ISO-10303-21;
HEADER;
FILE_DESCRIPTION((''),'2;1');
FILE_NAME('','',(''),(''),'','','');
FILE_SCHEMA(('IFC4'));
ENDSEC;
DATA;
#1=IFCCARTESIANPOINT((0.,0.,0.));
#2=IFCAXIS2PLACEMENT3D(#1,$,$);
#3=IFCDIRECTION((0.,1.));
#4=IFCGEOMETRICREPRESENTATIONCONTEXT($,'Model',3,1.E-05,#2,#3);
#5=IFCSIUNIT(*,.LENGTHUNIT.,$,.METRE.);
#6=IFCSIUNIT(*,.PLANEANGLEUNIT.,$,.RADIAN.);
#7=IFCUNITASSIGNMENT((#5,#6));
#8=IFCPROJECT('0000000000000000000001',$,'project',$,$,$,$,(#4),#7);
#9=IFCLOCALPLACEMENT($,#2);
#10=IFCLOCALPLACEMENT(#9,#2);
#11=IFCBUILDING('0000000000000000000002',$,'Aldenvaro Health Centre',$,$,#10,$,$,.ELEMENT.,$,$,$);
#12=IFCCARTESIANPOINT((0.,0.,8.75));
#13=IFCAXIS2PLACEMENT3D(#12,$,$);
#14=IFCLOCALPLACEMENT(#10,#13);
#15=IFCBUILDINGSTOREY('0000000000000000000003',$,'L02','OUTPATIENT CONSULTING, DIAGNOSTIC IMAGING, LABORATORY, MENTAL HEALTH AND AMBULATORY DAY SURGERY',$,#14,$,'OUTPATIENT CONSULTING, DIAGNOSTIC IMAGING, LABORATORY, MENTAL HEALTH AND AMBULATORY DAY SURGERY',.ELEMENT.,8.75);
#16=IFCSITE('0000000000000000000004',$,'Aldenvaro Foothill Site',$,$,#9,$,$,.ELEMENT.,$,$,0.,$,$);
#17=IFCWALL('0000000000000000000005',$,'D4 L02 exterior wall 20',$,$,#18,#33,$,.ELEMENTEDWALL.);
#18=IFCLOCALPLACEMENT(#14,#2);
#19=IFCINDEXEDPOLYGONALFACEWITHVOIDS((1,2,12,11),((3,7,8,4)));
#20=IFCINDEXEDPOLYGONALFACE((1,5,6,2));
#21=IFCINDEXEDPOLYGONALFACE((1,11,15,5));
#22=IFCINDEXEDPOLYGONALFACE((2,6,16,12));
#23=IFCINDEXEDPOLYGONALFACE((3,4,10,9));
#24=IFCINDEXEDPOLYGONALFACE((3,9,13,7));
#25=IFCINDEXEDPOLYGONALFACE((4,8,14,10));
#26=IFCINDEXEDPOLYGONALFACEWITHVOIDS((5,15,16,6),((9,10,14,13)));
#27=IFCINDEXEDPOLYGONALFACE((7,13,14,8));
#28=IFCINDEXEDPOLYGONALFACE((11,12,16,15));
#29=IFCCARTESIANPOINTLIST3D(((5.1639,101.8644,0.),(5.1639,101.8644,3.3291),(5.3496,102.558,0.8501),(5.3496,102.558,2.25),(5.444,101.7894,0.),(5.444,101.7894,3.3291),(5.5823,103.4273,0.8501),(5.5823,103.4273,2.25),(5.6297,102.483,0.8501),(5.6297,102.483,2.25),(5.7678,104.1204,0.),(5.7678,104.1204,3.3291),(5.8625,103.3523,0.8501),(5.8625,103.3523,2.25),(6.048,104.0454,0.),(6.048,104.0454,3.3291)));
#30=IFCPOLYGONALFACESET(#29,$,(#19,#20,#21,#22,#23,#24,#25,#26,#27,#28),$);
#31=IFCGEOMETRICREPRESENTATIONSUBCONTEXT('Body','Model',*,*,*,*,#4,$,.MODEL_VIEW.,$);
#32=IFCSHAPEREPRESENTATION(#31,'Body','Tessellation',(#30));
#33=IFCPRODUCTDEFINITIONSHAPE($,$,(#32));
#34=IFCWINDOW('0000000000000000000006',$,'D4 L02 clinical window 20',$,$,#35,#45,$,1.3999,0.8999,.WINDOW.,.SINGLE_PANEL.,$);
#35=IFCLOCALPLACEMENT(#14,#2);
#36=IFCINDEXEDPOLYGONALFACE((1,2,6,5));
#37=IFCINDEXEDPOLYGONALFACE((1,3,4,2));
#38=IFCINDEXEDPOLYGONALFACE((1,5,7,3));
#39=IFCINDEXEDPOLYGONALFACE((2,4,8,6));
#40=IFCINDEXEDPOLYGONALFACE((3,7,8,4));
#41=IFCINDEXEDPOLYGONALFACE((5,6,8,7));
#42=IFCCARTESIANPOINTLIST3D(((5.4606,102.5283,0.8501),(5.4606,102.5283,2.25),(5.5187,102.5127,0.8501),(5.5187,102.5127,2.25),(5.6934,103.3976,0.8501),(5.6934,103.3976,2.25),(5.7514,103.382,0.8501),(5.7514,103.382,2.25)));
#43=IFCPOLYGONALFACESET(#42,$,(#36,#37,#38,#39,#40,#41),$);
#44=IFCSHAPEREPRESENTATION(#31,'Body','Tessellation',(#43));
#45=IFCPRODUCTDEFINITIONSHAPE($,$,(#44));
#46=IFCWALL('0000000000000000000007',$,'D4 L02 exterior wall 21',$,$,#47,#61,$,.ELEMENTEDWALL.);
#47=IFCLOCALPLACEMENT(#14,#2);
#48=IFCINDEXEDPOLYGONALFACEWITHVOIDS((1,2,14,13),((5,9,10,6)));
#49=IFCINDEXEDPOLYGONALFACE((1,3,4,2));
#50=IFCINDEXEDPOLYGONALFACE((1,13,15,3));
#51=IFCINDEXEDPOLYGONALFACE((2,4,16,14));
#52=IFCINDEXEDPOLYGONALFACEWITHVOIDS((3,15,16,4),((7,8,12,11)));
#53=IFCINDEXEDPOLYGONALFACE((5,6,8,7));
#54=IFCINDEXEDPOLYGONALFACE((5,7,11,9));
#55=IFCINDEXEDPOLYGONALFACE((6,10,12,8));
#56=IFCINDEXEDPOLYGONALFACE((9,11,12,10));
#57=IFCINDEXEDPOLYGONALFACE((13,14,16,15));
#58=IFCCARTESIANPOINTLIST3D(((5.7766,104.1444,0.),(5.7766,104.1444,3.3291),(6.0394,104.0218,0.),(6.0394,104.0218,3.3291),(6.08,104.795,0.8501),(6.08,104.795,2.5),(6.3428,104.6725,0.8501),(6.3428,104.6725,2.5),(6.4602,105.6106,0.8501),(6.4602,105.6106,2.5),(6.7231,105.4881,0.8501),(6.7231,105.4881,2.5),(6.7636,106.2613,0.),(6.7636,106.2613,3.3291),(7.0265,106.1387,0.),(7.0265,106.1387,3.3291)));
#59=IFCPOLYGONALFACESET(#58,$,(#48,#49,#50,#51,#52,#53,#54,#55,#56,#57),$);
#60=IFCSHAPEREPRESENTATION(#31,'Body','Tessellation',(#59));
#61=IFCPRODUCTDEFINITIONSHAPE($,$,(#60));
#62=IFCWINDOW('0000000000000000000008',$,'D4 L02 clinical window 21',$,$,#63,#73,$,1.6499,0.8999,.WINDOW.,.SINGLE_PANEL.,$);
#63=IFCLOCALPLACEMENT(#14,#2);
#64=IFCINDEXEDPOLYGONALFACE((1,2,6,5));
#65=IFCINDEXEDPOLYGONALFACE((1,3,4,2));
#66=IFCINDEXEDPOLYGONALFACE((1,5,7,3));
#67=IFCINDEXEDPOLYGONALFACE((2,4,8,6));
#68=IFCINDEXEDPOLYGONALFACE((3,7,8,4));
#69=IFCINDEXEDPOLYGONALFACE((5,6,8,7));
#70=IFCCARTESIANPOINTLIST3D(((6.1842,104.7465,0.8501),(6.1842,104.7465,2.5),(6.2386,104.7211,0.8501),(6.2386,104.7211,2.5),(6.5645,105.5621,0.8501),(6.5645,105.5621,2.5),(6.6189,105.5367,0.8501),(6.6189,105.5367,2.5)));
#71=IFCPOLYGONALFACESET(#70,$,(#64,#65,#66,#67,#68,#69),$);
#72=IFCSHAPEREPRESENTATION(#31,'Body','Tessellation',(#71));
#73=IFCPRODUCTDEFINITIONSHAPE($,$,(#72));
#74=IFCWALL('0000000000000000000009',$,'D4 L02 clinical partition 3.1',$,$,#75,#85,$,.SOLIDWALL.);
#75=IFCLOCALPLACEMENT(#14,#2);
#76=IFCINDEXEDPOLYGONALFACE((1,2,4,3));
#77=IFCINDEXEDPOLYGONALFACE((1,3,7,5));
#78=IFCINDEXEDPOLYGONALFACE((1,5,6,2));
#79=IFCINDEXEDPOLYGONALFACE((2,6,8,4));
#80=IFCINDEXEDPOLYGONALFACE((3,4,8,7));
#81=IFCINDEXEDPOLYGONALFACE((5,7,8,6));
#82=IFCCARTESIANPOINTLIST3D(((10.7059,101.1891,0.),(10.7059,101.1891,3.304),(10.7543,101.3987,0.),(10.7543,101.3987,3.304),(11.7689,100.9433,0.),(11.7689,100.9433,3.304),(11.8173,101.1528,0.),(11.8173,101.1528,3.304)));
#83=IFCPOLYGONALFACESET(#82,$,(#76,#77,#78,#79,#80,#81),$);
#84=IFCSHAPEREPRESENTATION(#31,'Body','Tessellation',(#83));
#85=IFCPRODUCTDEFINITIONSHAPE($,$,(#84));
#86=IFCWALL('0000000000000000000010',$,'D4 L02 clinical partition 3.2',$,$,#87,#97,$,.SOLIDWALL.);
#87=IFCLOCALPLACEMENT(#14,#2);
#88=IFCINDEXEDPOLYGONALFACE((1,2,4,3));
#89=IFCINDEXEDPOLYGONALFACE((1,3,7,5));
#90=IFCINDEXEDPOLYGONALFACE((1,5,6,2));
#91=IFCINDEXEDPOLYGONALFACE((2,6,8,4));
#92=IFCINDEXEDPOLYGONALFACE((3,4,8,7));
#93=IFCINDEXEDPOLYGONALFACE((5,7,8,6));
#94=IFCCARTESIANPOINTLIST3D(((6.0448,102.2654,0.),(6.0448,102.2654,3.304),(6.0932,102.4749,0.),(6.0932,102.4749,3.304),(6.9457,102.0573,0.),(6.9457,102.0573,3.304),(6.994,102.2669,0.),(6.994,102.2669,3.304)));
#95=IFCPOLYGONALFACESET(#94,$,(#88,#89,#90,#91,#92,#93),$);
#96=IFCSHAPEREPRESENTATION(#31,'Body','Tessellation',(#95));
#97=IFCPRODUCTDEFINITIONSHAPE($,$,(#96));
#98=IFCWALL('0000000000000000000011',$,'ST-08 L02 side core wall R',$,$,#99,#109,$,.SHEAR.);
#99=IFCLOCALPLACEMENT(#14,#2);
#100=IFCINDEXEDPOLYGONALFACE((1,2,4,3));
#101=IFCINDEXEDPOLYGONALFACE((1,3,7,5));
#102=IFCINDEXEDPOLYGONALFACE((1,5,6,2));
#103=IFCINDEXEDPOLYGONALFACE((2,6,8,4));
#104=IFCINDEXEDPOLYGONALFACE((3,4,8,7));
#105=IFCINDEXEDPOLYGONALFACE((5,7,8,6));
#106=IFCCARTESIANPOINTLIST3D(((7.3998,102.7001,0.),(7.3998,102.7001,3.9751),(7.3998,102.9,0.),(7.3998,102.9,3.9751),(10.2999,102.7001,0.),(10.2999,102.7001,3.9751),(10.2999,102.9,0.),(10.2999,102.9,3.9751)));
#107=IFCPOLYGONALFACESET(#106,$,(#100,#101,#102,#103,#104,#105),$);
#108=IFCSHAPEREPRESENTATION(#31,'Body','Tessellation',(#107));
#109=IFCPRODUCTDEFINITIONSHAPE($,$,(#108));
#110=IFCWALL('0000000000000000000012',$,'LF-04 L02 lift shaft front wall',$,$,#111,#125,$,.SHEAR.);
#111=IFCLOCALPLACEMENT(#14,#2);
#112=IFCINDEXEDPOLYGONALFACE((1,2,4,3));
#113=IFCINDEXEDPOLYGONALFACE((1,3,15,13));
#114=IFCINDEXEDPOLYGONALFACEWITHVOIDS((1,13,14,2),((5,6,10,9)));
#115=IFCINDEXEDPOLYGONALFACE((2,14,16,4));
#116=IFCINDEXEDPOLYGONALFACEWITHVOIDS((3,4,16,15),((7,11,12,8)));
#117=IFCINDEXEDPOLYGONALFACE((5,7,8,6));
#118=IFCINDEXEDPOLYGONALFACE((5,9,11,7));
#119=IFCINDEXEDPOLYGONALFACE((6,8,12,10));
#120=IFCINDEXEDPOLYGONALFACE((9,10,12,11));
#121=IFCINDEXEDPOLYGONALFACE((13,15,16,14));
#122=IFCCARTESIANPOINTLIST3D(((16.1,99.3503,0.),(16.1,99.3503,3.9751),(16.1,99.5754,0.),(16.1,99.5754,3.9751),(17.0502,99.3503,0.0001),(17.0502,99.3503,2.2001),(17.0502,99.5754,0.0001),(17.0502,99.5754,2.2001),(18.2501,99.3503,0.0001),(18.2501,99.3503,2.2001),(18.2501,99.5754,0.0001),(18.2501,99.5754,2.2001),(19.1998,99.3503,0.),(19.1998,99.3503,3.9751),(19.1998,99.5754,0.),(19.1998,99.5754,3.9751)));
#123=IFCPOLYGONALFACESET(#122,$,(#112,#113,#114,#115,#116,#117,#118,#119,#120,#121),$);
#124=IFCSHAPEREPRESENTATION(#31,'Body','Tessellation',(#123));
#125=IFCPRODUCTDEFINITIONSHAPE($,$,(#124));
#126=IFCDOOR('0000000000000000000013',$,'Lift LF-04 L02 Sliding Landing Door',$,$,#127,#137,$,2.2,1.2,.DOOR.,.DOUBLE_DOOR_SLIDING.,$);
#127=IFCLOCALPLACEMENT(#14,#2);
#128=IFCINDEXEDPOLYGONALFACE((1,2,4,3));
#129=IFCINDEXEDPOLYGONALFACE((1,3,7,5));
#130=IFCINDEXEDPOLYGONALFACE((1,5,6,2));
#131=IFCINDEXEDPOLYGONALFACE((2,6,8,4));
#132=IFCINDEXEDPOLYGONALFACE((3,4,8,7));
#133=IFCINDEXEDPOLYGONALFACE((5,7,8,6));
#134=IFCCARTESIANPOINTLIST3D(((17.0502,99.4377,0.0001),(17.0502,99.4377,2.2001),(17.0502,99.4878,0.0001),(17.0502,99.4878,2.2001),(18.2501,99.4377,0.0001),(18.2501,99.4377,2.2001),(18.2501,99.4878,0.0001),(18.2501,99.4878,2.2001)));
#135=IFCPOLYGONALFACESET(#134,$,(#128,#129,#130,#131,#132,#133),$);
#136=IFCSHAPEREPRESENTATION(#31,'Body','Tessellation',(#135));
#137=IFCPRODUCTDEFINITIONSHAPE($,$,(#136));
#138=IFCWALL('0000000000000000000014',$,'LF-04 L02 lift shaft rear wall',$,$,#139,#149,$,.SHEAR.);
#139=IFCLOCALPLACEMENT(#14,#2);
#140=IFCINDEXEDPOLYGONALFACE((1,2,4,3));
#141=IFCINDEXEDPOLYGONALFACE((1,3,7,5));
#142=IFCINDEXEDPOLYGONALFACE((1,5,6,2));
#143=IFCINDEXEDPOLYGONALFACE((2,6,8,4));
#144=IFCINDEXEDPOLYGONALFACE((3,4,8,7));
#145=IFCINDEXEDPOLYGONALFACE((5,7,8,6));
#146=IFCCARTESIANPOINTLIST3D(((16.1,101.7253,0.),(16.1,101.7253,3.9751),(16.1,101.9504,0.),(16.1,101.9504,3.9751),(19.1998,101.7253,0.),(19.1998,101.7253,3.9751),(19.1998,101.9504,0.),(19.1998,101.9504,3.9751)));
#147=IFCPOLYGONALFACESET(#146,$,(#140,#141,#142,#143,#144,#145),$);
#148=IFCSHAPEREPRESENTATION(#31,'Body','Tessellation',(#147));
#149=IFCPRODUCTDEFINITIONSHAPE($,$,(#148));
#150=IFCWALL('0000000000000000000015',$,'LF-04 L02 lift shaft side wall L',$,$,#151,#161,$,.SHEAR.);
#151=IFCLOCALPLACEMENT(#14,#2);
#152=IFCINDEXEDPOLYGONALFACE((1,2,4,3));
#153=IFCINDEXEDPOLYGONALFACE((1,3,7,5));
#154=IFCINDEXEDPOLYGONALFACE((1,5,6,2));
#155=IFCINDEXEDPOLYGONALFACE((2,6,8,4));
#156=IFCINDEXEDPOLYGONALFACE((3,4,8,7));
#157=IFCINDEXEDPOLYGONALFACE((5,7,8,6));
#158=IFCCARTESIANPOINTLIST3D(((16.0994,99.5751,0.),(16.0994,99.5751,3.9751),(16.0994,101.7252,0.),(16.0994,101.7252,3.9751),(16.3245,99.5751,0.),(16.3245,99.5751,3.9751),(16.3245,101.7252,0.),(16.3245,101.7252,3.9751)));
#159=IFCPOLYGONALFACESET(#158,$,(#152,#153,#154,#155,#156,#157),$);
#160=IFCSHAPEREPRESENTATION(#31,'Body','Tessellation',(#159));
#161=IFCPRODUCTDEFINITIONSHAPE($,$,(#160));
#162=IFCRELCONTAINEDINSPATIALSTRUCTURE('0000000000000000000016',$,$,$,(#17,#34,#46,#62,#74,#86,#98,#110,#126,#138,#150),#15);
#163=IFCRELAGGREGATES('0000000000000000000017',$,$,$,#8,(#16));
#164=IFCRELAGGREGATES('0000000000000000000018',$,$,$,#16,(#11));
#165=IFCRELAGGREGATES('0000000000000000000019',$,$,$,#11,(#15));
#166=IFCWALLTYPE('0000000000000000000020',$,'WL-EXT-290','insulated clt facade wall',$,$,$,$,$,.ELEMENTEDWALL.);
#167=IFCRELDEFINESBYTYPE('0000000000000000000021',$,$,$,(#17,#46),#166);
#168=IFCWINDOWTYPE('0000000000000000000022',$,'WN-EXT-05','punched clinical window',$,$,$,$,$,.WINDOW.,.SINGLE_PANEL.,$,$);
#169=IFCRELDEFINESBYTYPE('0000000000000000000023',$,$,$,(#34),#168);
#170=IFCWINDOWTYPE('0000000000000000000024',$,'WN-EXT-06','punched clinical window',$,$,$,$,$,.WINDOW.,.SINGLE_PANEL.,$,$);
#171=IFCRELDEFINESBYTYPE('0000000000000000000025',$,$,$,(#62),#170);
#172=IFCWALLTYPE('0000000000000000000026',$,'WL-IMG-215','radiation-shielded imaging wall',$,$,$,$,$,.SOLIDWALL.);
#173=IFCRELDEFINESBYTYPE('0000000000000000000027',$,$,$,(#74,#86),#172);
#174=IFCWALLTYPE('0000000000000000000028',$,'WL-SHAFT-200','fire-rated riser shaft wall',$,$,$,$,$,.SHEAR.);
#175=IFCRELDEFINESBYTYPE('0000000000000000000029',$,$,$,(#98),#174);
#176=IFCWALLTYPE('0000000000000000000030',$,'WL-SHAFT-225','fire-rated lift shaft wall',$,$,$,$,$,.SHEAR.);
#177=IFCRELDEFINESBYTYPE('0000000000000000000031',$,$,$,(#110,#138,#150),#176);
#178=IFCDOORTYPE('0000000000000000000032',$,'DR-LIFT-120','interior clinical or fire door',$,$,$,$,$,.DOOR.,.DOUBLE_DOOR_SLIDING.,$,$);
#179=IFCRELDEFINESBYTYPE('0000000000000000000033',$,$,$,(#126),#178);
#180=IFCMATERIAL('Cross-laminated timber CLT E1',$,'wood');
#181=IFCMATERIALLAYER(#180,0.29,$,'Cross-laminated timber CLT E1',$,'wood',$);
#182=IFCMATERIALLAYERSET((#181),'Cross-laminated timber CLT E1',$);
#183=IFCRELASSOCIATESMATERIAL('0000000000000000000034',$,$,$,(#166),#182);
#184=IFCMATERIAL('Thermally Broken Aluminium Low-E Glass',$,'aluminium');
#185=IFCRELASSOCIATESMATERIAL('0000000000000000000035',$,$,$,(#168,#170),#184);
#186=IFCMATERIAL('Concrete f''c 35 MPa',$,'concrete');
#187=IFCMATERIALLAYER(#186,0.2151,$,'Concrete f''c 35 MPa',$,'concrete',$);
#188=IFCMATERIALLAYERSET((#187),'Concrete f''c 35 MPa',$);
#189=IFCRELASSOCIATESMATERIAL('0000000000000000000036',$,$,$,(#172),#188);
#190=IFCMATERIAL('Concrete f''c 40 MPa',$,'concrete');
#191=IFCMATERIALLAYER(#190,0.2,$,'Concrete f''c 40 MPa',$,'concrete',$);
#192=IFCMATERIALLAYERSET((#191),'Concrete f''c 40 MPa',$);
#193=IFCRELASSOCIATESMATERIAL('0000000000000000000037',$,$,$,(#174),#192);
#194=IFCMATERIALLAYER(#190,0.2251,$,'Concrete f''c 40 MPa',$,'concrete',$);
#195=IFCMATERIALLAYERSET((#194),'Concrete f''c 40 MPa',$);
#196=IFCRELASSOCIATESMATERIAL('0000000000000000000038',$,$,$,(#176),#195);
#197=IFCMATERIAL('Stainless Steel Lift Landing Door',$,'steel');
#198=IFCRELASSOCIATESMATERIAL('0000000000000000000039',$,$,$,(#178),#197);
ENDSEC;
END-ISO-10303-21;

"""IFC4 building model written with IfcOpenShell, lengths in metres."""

from ifc_helpers import new_model, si_unit, direction, frame, frame_2d, origin, place, context, subcontext, project, spatial, rectangle, extrude, material, layer, layer_set, type_object, element, fill, save


model = new_model("IFC4")

# Units and contexts
model_context = context("Model", 3, precision=1e-05, world=origin(), true_north=direction((0.0, 1.0)))
body_context = subcontext(model_context, "Body", "Model", "MODEL_VIEW")
ifc_project = project(units=[si_unit("LENGTHUNIT", "METRE"), si_unit("PLANEANGLEUNIT", "RADIAN")], contexts=[model_context])

# Site, building, storey
site_placement = place(None, origin())
site = spatial("IfcSite", under=ifc_project, at=site_placement, Name="Aldenvaro Foothill Site", CompositionType="ELEMENT", RefElevation=0.0)
building_placement = place(site_placement, origin())
building = spatial("IfcBuilding", under=site, at=building_placement, Name="Aldenvaro Health Centre", CompositionType="ELEMENT")
storey_placement = place(building_placement, frame((0.0, 0.0, 8.75)))
storey = spatial("IfcBuildingStorey", under=building, at=storey_placement, Name="L02", Description="OUTPATIENT CONSULTING, DIAGNOSTIC IMAGING, LABORATORY, MENTAL HEALTH AND AMBULATORY DAY SURGERY", LongName="OUTPATIENT CONSULTING, DIAGNOSTIC IMAGING, LABORATORY, MENTAL HEALTH AND AMBULATORY DAY SURGERY", CompositionType="ELEMENT", Elevation=8.75)

# Shared definitions
ifc_material_1 = material(Name="Concrete f'c 40 MPa", Category="concrete")

# Shared definitions
ifc_material_2 = material(Name="Cross-laminated timber CLT E1", Category="wood")
ifc_layer_1 = layer(ifc_material_2, 0.29, Name="Cross-laminated timber CLT E1", Category="wood")
ifc_layer_set_1 = layer_set([ifc_layer_1], Name="Cross-laminated timber CLT E1")
wall_type_1 = type_object("IfcWallType", Name="WL-EXT-290", Description="insulated clt facade wall", PredefinedType="ELEMENTEDWALL", material=ifc_layer_set_1)

# Walls, openings, windows
wall_1_placement = place(storey_placement, frame((5.304, 101.8269, 0.0), z_axis=(0.0, 0.0, 1.0), x_axis=(0.258612, 0.965981, 0.0)))
wall_1 = element("IfcWall", 1, at=wall_1_placement, inside=storey, type_object=wall_type_1, Name="D4 L02 exterior wall 20", PredefinedType="ELEMENTEDWALL", context=body_context, shape_type="SweptSolid", body=[
    extrude(rectangle(XDim=2.3354, YDim=0.29, at=frame_2d((1.1677, 0.0))), origin(), (0.0, 0.0, 1.0), 3.3291),
])
opening_1_placement = place(wall_1_placement, frame((0.718, 0.0, 0.8501)))
opening_1 = element("IfcOpeningElement", 2, at=opening_1_placement, cuts=wall_1, PredefinedType="OPENING", context=body_context, shape_type="SweptSolid", body=[
    extrude(rectangle(XDim=0.8999, YDim=1.3999, at=frame_2d((0.45, 0.7))), frame((0.0, 0.155, 0.0), z_axis=(0.0, -1.0, 0.0), x_axis=(1.0, 0.0, 0.0)), (0.0, 0.0, 1.0), 0.3101),
])
ifc_material_3 = material(Name="Thermally Broken Aluminium Low-E Glass", Category="aluminium")
window_type_1 = type_object("IfcWindowType", Name="WN-EXT-05", Description="punched clinical window", PartitioningType="SINGLE_PANEL", PredefinedType="WINDOW", material=ifc_material_3)
window_1_placement = place(opening_1_placement, origin())
window_1 = element("IfcWindow", 3, at=window_1_placement, inside=storey, type_object=window_type_1, Name="D4 L02 clinical window 20", OverallHeight=1.3999, OverallWidth=0.8999, PartitioningType="SINGLE_PANEL", PredefinedType="WINDOW", context=body_context, shape_type="SweptSolid", body=[
    extrude(rectangle(XDim=0.8999, YDim=1.3999, at=frame_2d((0.45, 0.7))), frame((0.0, 0.03, 0.0), z_axis=(0.0, -1.0, 0.0), x_axis=(1.0, 0.0, 0.0)), (0.0, 0.0, 1.0), 0.0601),
])
fill(opening_1, window_1)
wall_2_placement = place(storey_placement, frame((5.908, 104.083, 0.0), z_axis=(0.0, 0.0, 1.0), x_axis=(0.422588, 0.906322, 0.0)))
wall_2 = element("IfcWall", 4, at=wall_2_placement, inside=storey, type_object=wall_type_1, Name="D4 L02 exterior wall 21", PredefinedType="ELEMENTEDWALL", context=body_context, shape_type="SweptSolid", body=[
    extrude(rectangle(XDim=2.3357, YDim=0.29, at=frame_2d((1.168, 0.0))), origin(), (0.0, 0.0, 1.0), 3.3291),
])
opening_2_placement = place(wall_2_placement, frame((0.718, 0.0, 0.8501)))
opening_2 = element("IfcOpeningElement", 5, at=opening_2_placement, cuts=wall_2, PredefinedType="OPENING", context=body_context, shape_type="SweptSolid", body=[
    extrude(rectangle(XDim=0.8999, YDim=1.6499, at=frame_2d((0.45, 0.825))), frame((0.0, 0.155, 0.0), z_axis=(0.0, -1.0, 0.0), x_axis=(1.0, 0.0, 0.0)), (0.0, 0.0, 1.0), 0.3101),
])
window_type_2 = type_object("IfcWindowType", Name="WN-EXT-06", Description="punched clinical window", PartitioningType="SINGLE_PANEL", PredefinedType="WINDOW", material=ifc_material_3)
window_2_placement = place(opening_2_placement, origin())
window_2 = element("IfcWindow", 6, at=window_2_placement, inside=storey, type_object=window_type_2, Name="D4 L02 clinical window 21", OverallHeight=1.6499, OverallWidth=0.8999, PartitioningType="SINGLE_PANEL", PredefinedType="WINDOW", context=body_context, shape_type="SweptSolid", body=[
    extrude(rectangle(XDim=0.8999, YDim=1.6499, at=frame_2d((0.45, 0.825))), frame((0.0, 0.03, 0.0), z_axis=(0.0, -1.0, 0.0), x_axis=(1.0, 0.0, 0.0)), (0.0, 0.0, 1.0), 0.0601),
])
fill(opening_2, window_2)

# Walls
ifc_material_4 = material(Name="Concrete f'c 35 MPa", Category="concrete")
ifc_layer_2 = layer(ifc_material_4, 0.2151, Name="Concrete f'c 35 MPa", Category="concrete")
ifc_layer_set_2 = layer_set([ifc_layer_2], Name="Concrete f'c 35 MPa")
wall_type_2 = type_object("IfcWallType", Name="WL-IMG-215", Description="radiation-shielded imaging wall", PredefinedType="SOLIDWALL", material=ifc_layer_set_2)
wall_3_placement = place(storey_placement, frame((11.793, 101.0481, 0.0), z_axis=(0.0, 0.0, 1.0), x_axis=(-0.974282, 0.225333, 0.0)))
element("IfcWall", 7, at=wall_3_placement, inside=storey, type_object=wall_type_2, Name="D4 L02 clinical partition 3.1", PredefinedType="SOLIDWALL", context=body_context, shape_type="SweptSolid", body=[
    extrude(rectangle(XDim=1.0911, YDim=0.2151, at=frame_2d((0.5454, 0.0))), origin(), (0.0, 0.0, 1.0), 3.304),
])
wall_4_placement = place(storey_placement, frame((6.97, 102.1621, 0.0), z_axis=(0.0, 0.0, 1.0), x_axis=(-0.974364, 0.224975, 0.0)))
element("IfcWall", 8, at=wall_4_placement, inside=storey, type_object=wall_type_2, Name="D4 L02 clinical partition 3.2", PredefinedType="SOLIDWALL", context=body_context, shape_type="SweptSolid", body=[
    extrude(rectangle(XDim=0.9246, YDim=0.2151, at=frame_2d((0.4624, 0.0))), origin(), (0.0, 0.0, 1.0), 3.304),
])
ifc_layer_3 = layer(ifc_material_1, 0.2, Name="Concrete f'c 40 MPa", Category="concrete")
ifc_layer_set_3 = layer_set([ifc_layer_3], Name="Concrete f'c 40 MPa")
wall_type_3 = type_object("IfcWallType", Name="WL-SHAFT-200", Description="fire-rated riser shaft wall", PredefinedType="SHEAR", material=ifc_layer_set_3)
wall_5_placement = place(storey_placement, frame((10.3, 102.8, 0.0), z_axis=(0.0, 0.0, 1.0), x_axis=(-1.0, 0.0, 0.0)))
element("IfcWall", 9, at=wall_5_placement, inside=storey, type_object=wall_type_3, Name="ST-08 L02 side core wall R", PredefinedType="SHEAR", context=body_context, shape_type="SweptSolid", body=[
    extrude(rectangle(XDim=2.9001, YDim=0.2, at=frame_2d((1.4502, 0.0))), origin(), (0.0, 0.0, 1.0), 3.9751),
])

# Wall, opening, door
ifc_layer_4 = layer(ifc_material_1, 0.2251, Name="Concrete f'c 40 MPa", Category="concrete")
ifc_layer_set_4 = layer_set([ifc_layer_4], Name="Concrete f'c 40 MPa")
wall_type_4 = type_object("IfcWallType", Name="WL-SHAFT-225", Description="fire-rated lift shaft wall", PredefinedType="SHEAR", material=ifc_layer_set_4)
wall_6_placement = place(storey_placement, frame((16.1001, 99.4629, 0.0), z_axis=(0.0, 0.0, 1.0), x_axis=(1.0, 0.0, 0.0)))
wall_6 = element("IfcWall", 10, at=wall_6_placement, inside=storey, type_object=wall_type_4, Name="LF-04 L02 lift shaft front wall", PredefinedType="SHEAR", context=body_context, shape_type="SweptSolid", body=[
    extrude(rectangle(XDim=3.0999, YDim=0.2251, at=frame_2d((1.5498, 0.0))), origin(), (0.0, 0.0, 1.0), 3.9751),
])
opening_3_placement = place(wall_6_placement, frame((0.95, 0.0, 0.0)))
opening_3 = element("IfcOpeningElement", 11, at=opening_3_placement, cuts=wall_6, PredefinedType="OPENING", context=body_context, shape_type="SweptSolid", body=[
    extrude(rectangle(XDim=1.2, YDim=2.2, at=frame_2d((0.6001, 1.1001))), frame((0.0, 0.1226, 0.0), z_axis=(0.0, -1.0, 0.0), x_axis=(1.0, 0.0, 0.0)), (0.0, 0.0, 1.0), 0.2451),
])
ifc_material_5 = material(Name="Stainless Steel Lift Landing Door", Category="steel")
door_type_1 = type_object("IfcDoorType", Name="DR-LIFT-120", Description="interior clinical or fire door", OperationType="DOUBLE_DOOR_SLIDING", PredefinedType="DOOR", material=ifc_material_5)
door_1_placement = place(opening_3_placement, origin())
door_1 = element("IfcDoor", 12, at=door_1_placement, inside=storey, type_object=door_type_1, Name="Lift LF-04 L02 Sliding Landing Door", OperationType="DOUBLE_DOOR_SLIDING", OverallHeight=2.2, OverallWidth=1.2, PredefinedType="DOOR", context=body_context, shape_type="SweptSolid", body=[
    extrude(rectangle(XDim=1.2, YDim=2.2, at=frame_2d((0.6001, 1.1001))), frame((0.0, 0.0249, 0.0), z_axis=(0.0, -1.0, 0.0), x_axis=(1.0, 0.0, 0.0)), (0.0, 0.0, 1.0), 0.05),
])
fill(opening_3, door_1)

# Walls
wall_7_placement = place(storey_placement, frame((16.1001, 101.8379, 0.0), z_axis=(0.0, 0.0, 1.0), x_axis=(1.0, 0.0, 0.0)))
element("IfcWall", 13, at=wall_7_placement, inside=storey, type_object=wall_type_4, Name="LF-04 L02 lift shaft rear wall", PredefinedType="SHEAR", context=body_context, shape_type="SweptSolid", body=[
    extrude(rectangle(XDim=3.0999, YDim=0.2251, at=frame_2d((1.5498, 0.0))), origin(), (0.0, 0.0, 1.0), 3.9751),
])
wall_8_placement = place(storey_placement, frame((16.2119, 99.575, 0.0), z_axis=(0.0, 0.0, 1.0), x_axis=(0.0, 1.0, 0.0)))
element("IfcWall", 14, at=wall_8_placement, inside=storey, type_object=wall_type_4, Name="LF-04 L02 lift shaft side wall L", PredefinedType="SHEAR", context=body_context, shape_type="SweptSolid", body=[
    extrude(rectangle(XDim=2.1501, YDim=0.2251, at=frame_2d((1.0752, 0.0))), origin(), (0.0, 0.0, 1.0), 3.9751),
])

save(model, "model.ifc")
